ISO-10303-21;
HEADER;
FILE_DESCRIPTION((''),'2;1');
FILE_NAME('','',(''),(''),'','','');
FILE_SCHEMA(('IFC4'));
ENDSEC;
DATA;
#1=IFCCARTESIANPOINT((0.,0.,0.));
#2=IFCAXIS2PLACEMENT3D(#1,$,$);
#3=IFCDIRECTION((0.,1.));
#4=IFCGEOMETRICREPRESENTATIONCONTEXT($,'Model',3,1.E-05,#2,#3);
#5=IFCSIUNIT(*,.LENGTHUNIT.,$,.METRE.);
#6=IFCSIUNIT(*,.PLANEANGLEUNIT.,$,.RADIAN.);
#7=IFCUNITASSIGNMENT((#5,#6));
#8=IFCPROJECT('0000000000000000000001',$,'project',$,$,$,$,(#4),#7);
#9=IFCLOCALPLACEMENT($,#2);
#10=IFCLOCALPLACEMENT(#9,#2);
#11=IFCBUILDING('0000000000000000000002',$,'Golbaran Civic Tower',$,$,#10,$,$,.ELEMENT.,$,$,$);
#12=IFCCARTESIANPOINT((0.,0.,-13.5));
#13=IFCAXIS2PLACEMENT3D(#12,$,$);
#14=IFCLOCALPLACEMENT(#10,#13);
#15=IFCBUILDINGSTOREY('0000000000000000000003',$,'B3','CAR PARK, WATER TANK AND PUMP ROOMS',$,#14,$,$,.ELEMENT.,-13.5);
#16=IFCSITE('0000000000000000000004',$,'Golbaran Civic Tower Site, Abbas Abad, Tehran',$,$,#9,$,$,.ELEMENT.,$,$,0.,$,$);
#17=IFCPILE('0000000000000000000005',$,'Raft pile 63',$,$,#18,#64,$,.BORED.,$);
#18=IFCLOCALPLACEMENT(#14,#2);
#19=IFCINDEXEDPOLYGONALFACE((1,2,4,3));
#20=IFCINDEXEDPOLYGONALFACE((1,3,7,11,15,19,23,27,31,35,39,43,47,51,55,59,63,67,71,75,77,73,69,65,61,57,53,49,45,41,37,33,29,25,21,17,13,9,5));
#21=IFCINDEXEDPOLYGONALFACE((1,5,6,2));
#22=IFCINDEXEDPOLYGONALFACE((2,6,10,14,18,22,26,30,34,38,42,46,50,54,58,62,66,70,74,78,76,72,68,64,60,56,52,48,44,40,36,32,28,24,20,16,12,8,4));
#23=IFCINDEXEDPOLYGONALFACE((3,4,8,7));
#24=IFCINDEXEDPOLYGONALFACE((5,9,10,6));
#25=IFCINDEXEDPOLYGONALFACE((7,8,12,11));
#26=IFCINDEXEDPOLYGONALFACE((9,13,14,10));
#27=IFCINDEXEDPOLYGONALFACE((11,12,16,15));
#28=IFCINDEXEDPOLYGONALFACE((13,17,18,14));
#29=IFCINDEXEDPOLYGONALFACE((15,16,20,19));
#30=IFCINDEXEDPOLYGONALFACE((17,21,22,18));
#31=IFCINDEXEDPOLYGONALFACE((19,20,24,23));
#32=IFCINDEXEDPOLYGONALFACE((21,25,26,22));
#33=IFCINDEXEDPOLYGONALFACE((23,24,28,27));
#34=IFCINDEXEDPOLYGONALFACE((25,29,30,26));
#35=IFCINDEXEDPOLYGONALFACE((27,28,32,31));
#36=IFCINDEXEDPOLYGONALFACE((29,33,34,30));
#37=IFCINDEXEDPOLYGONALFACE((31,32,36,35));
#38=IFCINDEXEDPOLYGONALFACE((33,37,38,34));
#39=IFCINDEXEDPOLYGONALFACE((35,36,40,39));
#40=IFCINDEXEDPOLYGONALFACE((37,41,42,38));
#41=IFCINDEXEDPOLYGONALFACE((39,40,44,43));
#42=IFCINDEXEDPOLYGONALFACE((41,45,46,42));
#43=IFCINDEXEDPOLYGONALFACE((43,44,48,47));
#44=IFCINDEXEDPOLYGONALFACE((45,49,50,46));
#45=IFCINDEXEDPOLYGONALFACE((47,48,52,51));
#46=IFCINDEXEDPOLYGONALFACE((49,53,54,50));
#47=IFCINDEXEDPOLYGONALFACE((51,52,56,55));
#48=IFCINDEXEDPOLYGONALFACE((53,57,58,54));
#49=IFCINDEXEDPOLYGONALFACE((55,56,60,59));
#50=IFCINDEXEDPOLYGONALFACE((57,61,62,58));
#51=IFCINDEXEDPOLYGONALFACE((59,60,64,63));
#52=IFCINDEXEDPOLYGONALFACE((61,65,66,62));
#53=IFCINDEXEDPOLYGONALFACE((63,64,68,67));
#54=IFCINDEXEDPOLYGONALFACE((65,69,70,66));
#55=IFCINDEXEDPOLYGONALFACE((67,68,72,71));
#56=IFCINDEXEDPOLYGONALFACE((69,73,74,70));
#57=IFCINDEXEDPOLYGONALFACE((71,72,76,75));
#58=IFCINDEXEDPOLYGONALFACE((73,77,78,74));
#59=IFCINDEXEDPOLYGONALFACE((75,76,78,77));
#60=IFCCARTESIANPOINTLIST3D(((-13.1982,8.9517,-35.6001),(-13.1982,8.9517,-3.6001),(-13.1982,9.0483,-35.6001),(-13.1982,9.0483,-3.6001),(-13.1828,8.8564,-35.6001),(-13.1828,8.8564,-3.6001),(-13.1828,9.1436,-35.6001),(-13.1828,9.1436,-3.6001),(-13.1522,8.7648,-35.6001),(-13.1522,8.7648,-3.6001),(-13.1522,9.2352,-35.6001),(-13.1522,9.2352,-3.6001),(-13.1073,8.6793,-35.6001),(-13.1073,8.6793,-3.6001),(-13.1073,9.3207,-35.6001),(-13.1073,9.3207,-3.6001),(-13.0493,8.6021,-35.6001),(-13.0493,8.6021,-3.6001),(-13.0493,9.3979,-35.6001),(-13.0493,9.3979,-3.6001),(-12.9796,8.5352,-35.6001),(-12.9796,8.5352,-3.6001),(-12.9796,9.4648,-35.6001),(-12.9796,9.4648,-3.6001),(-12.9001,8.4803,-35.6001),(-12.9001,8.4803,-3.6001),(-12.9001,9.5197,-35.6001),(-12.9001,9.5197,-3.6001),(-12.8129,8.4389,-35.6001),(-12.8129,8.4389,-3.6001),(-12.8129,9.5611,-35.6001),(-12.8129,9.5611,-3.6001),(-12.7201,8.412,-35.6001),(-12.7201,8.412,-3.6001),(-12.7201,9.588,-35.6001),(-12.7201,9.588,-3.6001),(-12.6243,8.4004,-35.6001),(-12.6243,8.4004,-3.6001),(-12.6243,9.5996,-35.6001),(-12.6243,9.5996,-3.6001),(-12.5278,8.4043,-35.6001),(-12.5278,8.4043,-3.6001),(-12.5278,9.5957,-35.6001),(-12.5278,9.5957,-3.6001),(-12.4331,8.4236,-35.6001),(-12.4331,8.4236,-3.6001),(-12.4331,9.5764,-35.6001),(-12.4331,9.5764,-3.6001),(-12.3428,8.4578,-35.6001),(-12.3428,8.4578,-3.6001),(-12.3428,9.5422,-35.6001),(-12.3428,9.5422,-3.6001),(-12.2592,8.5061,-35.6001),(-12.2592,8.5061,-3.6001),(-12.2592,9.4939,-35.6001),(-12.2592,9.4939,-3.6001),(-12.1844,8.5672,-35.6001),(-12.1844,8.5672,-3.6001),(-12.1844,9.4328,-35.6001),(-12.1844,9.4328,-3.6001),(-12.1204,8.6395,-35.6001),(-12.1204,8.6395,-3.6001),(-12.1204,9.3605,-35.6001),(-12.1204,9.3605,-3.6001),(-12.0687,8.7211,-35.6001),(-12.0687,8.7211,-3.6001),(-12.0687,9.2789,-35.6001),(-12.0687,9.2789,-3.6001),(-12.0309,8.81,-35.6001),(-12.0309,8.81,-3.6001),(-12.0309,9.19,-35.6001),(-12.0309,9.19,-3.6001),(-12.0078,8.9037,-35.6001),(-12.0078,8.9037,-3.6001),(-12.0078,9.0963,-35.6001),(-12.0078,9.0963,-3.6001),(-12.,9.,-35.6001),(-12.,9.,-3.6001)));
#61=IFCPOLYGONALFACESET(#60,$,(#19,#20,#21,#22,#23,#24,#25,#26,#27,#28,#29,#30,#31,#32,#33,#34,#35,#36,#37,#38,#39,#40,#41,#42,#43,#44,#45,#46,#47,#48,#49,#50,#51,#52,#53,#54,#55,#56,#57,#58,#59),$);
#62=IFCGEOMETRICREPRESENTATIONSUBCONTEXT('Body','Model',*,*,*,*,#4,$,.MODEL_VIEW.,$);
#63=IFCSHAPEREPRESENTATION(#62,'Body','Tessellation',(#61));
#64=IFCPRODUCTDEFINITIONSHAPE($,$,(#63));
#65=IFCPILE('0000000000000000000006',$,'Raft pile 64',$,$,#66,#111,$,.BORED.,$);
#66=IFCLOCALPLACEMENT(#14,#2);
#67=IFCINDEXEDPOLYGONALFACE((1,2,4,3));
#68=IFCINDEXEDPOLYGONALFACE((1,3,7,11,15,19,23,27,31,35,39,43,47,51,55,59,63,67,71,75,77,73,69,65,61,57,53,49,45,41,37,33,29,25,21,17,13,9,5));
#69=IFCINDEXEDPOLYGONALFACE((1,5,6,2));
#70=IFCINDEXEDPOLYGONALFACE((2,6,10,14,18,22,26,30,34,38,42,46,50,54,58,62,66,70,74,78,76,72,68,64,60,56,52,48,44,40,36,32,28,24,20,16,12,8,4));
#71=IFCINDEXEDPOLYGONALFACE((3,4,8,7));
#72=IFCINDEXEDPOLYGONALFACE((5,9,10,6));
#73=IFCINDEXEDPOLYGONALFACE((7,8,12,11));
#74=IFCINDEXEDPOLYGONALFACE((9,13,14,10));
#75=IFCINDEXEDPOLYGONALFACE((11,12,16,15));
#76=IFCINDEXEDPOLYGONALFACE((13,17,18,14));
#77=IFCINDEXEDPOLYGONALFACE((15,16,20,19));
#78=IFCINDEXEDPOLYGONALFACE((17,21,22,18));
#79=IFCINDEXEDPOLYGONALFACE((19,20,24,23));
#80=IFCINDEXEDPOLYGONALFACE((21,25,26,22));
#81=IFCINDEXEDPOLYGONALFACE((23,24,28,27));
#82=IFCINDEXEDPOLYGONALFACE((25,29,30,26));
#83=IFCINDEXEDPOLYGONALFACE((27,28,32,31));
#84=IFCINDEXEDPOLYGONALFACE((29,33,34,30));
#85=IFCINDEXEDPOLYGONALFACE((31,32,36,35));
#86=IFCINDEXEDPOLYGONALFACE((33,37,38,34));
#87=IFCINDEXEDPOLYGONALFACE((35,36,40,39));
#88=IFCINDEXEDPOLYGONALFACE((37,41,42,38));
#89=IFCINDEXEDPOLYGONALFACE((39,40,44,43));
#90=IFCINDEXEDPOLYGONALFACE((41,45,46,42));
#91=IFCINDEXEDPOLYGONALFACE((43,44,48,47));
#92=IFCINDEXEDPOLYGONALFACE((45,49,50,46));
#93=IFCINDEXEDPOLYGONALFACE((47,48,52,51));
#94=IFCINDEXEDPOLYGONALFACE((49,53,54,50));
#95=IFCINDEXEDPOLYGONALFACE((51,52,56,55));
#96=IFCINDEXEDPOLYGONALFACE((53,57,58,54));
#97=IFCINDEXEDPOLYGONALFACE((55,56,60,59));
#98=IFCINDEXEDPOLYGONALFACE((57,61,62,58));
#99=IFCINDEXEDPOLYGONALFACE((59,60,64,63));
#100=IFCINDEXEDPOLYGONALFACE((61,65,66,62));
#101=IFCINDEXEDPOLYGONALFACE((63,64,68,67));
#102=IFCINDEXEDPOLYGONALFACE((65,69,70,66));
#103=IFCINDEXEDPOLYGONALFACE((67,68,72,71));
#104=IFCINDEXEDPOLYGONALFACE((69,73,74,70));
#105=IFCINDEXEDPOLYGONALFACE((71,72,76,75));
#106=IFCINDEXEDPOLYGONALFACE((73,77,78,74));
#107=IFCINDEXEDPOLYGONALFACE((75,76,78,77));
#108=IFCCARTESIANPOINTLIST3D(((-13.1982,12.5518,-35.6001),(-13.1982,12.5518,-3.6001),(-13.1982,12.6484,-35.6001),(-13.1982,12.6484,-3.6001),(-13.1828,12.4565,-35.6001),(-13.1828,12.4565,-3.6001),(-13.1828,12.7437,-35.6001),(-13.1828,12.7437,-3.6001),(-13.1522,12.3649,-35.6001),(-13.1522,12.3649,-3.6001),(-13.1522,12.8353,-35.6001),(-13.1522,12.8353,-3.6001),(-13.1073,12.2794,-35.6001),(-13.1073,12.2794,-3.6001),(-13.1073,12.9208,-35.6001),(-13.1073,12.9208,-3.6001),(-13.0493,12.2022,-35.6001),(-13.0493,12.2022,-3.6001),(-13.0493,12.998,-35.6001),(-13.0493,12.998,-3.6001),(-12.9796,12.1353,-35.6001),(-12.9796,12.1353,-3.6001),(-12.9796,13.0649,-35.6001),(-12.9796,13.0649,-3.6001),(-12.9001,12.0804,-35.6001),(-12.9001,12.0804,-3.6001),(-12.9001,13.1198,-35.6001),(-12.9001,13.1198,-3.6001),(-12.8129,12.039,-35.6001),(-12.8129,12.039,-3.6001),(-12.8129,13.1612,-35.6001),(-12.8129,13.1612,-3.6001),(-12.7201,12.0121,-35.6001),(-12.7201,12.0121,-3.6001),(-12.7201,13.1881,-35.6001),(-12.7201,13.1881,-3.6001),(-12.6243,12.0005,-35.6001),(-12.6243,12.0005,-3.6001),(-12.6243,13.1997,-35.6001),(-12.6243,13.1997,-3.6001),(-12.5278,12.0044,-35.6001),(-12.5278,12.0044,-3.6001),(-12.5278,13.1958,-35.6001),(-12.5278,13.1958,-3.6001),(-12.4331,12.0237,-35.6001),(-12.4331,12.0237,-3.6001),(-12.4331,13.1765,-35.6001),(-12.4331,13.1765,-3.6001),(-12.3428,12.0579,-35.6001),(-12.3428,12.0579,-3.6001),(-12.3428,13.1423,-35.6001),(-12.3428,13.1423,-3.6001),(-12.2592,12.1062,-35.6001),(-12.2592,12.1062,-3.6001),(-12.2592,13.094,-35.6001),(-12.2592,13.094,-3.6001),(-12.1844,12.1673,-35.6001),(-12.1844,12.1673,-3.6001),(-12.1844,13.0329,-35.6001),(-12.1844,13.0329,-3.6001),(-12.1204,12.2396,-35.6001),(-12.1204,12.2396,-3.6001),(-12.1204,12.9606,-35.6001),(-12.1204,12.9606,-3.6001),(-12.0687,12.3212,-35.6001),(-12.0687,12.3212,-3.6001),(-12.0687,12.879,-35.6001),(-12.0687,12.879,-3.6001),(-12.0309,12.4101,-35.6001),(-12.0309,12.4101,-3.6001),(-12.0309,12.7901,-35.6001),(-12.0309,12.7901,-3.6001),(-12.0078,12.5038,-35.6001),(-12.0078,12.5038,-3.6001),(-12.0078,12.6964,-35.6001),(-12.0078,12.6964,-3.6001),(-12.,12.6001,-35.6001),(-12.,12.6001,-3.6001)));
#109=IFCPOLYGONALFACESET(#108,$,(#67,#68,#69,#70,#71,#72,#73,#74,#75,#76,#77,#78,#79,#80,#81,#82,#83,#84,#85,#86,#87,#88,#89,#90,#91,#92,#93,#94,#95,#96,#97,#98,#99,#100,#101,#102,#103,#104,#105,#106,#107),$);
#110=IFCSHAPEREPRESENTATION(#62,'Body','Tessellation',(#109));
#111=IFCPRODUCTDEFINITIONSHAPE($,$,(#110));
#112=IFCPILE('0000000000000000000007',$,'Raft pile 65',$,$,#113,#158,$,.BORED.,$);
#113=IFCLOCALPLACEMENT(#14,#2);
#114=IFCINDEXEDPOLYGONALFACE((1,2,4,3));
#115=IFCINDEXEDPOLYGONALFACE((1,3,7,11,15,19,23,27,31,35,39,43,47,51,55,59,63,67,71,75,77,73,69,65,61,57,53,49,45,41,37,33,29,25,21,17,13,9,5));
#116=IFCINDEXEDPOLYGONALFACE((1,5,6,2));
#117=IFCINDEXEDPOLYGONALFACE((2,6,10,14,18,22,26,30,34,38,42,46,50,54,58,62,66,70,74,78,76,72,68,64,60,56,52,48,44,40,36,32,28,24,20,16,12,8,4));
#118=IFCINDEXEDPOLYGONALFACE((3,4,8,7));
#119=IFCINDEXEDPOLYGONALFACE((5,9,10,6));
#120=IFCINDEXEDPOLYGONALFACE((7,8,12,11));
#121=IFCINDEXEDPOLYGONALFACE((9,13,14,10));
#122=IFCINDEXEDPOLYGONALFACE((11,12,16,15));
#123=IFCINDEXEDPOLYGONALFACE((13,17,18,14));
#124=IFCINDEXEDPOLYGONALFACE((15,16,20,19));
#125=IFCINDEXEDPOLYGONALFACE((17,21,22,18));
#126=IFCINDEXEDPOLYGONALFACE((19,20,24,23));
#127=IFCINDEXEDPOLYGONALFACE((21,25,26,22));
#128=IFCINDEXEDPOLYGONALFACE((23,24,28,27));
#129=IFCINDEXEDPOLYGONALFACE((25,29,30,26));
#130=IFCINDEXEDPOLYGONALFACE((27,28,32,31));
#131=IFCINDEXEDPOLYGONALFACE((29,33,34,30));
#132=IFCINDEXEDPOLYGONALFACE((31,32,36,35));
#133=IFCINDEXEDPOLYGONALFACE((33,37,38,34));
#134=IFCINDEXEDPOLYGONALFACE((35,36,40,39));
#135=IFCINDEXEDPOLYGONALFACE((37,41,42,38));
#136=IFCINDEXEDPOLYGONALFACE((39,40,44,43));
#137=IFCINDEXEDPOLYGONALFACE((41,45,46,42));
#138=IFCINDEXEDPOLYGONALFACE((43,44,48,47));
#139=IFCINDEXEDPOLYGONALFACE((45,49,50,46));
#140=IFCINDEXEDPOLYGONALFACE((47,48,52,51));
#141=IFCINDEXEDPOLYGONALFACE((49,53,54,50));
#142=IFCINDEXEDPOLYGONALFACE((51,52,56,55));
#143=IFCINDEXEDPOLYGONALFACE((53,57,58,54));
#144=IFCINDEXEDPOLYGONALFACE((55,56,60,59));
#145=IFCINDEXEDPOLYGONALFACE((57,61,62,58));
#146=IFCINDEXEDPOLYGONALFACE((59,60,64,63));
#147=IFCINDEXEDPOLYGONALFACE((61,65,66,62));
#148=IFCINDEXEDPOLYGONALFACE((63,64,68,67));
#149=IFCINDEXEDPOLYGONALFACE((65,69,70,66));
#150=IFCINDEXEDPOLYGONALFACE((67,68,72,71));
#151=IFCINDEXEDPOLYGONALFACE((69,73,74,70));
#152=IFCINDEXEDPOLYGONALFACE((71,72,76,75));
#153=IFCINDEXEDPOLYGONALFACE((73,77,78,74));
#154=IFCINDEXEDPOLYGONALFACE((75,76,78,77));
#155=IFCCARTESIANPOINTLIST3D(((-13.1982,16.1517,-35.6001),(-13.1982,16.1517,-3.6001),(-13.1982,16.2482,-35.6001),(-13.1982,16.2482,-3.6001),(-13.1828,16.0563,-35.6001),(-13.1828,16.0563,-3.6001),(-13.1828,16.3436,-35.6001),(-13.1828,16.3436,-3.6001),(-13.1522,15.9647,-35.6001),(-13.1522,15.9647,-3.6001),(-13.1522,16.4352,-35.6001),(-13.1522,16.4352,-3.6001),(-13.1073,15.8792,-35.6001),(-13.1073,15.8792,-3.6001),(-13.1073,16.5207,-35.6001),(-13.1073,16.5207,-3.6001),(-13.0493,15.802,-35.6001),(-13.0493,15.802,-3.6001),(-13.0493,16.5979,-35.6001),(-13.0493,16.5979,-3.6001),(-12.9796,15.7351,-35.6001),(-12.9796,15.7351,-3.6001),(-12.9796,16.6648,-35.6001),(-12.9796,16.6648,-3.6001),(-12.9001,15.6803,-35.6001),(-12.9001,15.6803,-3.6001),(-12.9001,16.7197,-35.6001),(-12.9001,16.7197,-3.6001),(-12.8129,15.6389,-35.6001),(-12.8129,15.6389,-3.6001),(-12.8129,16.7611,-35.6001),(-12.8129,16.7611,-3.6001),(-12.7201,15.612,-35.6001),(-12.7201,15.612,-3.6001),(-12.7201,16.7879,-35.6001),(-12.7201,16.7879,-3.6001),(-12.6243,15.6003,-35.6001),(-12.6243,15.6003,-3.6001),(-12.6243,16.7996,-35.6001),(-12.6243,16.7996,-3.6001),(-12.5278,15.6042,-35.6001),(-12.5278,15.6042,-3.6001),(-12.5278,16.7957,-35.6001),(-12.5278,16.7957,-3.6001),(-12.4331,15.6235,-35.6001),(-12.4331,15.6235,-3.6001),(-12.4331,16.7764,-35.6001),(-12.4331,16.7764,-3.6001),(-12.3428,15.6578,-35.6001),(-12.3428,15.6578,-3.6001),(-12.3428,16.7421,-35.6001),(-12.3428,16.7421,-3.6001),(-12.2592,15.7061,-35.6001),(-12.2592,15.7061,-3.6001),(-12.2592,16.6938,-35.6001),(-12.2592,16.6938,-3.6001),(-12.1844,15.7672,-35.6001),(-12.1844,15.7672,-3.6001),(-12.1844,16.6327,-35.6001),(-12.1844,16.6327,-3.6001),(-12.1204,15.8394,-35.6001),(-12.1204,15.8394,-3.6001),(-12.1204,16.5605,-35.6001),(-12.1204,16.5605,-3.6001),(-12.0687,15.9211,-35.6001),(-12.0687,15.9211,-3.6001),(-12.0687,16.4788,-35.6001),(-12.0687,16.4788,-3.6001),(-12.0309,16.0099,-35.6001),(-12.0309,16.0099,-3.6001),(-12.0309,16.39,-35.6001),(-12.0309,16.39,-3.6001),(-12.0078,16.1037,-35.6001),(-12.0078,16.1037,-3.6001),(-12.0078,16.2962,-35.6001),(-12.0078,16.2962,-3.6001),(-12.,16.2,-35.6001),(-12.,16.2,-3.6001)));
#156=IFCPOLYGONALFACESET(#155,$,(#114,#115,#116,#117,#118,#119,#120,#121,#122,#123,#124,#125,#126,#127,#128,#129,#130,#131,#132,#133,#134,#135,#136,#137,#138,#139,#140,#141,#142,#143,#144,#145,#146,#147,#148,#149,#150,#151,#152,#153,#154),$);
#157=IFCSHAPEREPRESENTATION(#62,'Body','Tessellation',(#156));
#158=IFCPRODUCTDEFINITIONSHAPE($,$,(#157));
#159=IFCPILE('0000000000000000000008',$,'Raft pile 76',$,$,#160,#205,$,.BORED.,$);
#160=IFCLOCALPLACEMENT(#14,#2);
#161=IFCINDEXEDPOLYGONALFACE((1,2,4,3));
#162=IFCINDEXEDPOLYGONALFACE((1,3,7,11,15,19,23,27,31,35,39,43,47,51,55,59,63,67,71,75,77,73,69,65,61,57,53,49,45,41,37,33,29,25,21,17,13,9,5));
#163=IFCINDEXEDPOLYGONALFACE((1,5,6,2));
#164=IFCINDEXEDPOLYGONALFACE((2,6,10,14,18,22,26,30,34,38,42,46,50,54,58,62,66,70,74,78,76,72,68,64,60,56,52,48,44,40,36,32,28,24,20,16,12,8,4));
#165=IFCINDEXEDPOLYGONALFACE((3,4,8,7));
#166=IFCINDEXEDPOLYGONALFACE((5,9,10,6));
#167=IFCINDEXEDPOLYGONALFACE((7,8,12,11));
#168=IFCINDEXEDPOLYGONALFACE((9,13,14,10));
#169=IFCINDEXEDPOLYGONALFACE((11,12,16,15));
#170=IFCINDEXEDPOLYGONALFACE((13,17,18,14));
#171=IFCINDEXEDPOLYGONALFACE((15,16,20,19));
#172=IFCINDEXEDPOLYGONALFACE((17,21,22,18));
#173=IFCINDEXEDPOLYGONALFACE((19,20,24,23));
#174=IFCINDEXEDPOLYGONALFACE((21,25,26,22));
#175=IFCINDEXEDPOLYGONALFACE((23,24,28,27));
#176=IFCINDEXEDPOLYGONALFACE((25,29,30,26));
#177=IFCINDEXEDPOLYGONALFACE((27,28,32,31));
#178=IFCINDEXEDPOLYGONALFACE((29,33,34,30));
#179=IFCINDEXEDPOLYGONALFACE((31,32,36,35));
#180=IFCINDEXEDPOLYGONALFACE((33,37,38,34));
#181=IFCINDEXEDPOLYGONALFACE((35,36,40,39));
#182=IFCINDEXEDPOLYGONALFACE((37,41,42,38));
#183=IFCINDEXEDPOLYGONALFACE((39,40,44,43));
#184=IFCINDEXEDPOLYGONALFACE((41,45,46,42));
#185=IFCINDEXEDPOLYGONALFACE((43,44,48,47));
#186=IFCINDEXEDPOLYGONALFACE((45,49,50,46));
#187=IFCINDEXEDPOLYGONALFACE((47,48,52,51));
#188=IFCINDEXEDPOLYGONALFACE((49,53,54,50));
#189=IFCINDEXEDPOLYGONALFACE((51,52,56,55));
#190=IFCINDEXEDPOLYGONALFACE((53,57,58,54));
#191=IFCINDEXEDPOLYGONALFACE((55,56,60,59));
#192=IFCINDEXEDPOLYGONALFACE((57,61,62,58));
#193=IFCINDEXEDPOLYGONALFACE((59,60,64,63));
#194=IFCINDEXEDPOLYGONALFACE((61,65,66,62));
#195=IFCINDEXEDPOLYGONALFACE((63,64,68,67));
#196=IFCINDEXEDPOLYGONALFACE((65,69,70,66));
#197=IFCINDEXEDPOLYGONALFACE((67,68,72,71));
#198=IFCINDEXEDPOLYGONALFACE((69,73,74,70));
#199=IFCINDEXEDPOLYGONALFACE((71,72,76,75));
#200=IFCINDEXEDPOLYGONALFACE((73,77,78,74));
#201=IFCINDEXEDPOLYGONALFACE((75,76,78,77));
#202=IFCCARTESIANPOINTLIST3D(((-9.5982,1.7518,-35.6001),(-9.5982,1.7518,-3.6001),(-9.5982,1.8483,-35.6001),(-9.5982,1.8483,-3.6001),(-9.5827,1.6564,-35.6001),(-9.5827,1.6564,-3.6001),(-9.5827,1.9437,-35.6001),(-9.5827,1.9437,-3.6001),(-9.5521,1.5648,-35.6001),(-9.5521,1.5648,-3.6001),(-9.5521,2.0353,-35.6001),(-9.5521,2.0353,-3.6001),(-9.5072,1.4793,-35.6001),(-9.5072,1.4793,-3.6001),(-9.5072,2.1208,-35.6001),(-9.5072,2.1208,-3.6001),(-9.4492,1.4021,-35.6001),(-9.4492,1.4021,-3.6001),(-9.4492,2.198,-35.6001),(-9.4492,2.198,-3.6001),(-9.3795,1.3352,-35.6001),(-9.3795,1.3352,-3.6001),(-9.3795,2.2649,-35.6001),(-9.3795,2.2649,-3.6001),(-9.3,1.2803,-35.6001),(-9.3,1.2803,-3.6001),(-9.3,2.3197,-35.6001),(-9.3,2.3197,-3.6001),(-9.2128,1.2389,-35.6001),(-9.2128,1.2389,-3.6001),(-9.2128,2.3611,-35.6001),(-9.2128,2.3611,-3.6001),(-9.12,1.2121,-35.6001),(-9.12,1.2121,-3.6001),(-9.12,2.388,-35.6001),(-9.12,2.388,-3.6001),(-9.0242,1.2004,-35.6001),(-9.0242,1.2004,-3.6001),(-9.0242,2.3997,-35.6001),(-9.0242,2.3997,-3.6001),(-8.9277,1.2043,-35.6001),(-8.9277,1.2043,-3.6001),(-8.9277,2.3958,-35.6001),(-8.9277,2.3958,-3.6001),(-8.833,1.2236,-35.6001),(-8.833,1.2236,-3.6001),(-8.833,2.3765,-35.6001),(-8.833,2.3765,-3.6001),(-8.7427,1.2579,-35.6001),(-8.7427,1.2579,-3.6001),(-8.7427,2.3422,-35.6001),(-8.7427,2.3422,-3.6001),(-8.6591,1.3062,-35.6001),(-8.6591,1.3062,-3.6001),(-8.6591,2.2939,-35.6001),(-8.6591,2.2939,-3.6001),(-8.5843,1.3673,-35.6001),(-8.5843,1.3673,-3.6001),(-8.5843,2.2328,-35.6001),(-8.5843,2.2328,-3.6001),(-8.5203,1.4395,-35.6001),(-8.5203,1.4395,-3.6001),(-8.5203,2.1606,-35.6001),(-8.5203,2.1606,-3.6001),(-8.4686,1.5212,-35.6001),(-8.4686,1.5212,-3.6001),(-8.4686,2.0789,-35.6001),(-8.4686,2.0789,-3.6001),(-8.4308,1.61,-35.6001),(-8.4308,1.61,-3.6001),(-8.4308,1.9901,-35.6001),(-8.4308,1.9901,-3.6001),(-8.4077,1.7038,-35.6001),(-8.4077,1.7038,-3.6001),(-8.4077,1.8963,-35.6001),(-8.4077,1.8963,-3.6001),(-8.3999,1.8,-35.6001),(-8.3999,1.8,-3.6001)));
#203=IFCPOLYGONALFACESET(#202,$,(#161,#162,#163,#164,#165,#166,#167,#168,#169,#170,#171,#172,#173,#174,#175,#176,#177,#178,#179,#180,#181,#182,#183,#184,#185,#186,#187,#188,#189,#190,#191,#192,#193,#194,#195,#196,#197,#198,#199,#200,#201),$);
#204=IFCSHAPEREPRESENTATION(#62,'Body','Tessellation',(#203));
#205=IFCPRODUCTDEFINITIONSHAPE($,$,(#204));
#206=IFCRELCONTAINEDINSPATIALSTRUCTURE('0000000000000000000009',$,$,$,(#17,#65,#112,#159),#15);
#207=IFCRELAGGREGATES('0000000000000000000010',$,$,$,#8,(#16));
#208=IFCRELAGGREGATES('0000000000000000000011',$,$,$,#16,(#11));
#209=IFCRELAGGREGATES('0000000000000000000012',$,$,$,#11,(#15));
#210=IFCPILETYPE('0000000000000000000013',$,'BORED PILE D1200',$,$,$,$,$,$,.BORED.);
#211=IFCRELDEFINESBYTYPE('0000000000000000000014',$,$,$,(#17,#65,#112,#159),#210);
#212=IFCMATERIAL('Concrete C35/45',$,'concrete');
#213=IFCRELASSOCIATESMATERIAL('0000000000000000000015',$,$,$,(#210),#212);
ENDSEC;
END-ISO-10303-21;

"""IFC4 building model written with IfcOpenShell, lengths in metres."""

from ifc_helpers import new_model, si_unit, direction, frame, origin, origin_2d, place, context, subcontext, project, spatial, circle, extrude, material, material_profile, profile_set, type_object, element, save


model = new_model("IFC4")

# Units and contexts
model_context = context("Model", 3, precision=1e-05, world=origin(), true_north=direction((0.0, 1.0)))
body_context = subcontext(model_context, "Body", "Model", "MODEL_VIEW")
ifc_project = project(units=[si_unit("LENGTHUNIT", "METRE"), si_unit("PLANEANGLEUNIT", "RADIAN")], contexts=[model_context])

# Site, building, storey
site_placement = place(None, origin())
site = spatial("IfcSite", under=ifc_project, at=site_placement, Name="Golbaran Civic Tower Site, Abbas Abad, Tehran", CompositionType="ELEMENT", RefElevation=0.0)
building_placement = place(site_placement, origin())
building = spatial("IfcBuilding", under=site, at=building_placement, Name="Golbaran Civic Tower", CompositionType="ELEMENT")
storey_placement = place(building_placement, frame((0.0, 0.0, -13.5)))
storey = spatial("IfcBuildingStorey", under=building, at=storey_placement, Name="B3", Description="CAR PARK, WATER TANK AND PUMP ROOMS", CompositionType="ELEMENT", Elevation=-13.5)

# Piles
ifc_material_1 = material(Name="Concrete C35/45", Category="concrete")
ifc_material_profile_1 = material_profile(ifc_material_1, circle(Radius=0.6001, at=origin_2d()), Name="BORED PILE D1200")
ifc_profile_set_1 = profile_set([ifc_material_profile_1], Name="Concrete C35/45")
pile_type = type_object("IfcPileType", Name="BORED PILE D1200", PredefinedType="BORED", material=ifc_profile_set_1)
for number, where, z_axis, x_axis, name in (
    (1, (-12.6001, 9.0, -3.6001), (0.0, 0.0, -1.0), (1.0, 0.0, 0.0), "Raft pile 63"),
    (2, (-12.6001, 12.6001, -3.6001), (0.0, 0.0, -1.0), (1.0, 0.0, 0.0), "Raft pile 64"),
    (3, (-12.6001, 16.2, -3.6001), (0.0, 0.0, -1.0), (1.0, 0.0, 0.0), "Raft pile 65"),
    (4, (-9.0, 1.8, -3.6001), (0.0, 0.0, -1.0), (1.0, 0.0, 0.0), "Raft pile 76"),
):
    element("IfcPile", number, at=place(storey_placement, frame(where, z_axis=z_axis, x_axis=x_axis)), inside=storey, type_object=pile_type, Name=name, PredefinedType="BORED", context=body_context, shape_type="SweptSolid", body=[
        extrude(circle(Radius=0.6001, at=origin_2d()), origin(), (0.0, 0.0, 1.0), 32.0),
    ])

save(model, "model.ifc")
